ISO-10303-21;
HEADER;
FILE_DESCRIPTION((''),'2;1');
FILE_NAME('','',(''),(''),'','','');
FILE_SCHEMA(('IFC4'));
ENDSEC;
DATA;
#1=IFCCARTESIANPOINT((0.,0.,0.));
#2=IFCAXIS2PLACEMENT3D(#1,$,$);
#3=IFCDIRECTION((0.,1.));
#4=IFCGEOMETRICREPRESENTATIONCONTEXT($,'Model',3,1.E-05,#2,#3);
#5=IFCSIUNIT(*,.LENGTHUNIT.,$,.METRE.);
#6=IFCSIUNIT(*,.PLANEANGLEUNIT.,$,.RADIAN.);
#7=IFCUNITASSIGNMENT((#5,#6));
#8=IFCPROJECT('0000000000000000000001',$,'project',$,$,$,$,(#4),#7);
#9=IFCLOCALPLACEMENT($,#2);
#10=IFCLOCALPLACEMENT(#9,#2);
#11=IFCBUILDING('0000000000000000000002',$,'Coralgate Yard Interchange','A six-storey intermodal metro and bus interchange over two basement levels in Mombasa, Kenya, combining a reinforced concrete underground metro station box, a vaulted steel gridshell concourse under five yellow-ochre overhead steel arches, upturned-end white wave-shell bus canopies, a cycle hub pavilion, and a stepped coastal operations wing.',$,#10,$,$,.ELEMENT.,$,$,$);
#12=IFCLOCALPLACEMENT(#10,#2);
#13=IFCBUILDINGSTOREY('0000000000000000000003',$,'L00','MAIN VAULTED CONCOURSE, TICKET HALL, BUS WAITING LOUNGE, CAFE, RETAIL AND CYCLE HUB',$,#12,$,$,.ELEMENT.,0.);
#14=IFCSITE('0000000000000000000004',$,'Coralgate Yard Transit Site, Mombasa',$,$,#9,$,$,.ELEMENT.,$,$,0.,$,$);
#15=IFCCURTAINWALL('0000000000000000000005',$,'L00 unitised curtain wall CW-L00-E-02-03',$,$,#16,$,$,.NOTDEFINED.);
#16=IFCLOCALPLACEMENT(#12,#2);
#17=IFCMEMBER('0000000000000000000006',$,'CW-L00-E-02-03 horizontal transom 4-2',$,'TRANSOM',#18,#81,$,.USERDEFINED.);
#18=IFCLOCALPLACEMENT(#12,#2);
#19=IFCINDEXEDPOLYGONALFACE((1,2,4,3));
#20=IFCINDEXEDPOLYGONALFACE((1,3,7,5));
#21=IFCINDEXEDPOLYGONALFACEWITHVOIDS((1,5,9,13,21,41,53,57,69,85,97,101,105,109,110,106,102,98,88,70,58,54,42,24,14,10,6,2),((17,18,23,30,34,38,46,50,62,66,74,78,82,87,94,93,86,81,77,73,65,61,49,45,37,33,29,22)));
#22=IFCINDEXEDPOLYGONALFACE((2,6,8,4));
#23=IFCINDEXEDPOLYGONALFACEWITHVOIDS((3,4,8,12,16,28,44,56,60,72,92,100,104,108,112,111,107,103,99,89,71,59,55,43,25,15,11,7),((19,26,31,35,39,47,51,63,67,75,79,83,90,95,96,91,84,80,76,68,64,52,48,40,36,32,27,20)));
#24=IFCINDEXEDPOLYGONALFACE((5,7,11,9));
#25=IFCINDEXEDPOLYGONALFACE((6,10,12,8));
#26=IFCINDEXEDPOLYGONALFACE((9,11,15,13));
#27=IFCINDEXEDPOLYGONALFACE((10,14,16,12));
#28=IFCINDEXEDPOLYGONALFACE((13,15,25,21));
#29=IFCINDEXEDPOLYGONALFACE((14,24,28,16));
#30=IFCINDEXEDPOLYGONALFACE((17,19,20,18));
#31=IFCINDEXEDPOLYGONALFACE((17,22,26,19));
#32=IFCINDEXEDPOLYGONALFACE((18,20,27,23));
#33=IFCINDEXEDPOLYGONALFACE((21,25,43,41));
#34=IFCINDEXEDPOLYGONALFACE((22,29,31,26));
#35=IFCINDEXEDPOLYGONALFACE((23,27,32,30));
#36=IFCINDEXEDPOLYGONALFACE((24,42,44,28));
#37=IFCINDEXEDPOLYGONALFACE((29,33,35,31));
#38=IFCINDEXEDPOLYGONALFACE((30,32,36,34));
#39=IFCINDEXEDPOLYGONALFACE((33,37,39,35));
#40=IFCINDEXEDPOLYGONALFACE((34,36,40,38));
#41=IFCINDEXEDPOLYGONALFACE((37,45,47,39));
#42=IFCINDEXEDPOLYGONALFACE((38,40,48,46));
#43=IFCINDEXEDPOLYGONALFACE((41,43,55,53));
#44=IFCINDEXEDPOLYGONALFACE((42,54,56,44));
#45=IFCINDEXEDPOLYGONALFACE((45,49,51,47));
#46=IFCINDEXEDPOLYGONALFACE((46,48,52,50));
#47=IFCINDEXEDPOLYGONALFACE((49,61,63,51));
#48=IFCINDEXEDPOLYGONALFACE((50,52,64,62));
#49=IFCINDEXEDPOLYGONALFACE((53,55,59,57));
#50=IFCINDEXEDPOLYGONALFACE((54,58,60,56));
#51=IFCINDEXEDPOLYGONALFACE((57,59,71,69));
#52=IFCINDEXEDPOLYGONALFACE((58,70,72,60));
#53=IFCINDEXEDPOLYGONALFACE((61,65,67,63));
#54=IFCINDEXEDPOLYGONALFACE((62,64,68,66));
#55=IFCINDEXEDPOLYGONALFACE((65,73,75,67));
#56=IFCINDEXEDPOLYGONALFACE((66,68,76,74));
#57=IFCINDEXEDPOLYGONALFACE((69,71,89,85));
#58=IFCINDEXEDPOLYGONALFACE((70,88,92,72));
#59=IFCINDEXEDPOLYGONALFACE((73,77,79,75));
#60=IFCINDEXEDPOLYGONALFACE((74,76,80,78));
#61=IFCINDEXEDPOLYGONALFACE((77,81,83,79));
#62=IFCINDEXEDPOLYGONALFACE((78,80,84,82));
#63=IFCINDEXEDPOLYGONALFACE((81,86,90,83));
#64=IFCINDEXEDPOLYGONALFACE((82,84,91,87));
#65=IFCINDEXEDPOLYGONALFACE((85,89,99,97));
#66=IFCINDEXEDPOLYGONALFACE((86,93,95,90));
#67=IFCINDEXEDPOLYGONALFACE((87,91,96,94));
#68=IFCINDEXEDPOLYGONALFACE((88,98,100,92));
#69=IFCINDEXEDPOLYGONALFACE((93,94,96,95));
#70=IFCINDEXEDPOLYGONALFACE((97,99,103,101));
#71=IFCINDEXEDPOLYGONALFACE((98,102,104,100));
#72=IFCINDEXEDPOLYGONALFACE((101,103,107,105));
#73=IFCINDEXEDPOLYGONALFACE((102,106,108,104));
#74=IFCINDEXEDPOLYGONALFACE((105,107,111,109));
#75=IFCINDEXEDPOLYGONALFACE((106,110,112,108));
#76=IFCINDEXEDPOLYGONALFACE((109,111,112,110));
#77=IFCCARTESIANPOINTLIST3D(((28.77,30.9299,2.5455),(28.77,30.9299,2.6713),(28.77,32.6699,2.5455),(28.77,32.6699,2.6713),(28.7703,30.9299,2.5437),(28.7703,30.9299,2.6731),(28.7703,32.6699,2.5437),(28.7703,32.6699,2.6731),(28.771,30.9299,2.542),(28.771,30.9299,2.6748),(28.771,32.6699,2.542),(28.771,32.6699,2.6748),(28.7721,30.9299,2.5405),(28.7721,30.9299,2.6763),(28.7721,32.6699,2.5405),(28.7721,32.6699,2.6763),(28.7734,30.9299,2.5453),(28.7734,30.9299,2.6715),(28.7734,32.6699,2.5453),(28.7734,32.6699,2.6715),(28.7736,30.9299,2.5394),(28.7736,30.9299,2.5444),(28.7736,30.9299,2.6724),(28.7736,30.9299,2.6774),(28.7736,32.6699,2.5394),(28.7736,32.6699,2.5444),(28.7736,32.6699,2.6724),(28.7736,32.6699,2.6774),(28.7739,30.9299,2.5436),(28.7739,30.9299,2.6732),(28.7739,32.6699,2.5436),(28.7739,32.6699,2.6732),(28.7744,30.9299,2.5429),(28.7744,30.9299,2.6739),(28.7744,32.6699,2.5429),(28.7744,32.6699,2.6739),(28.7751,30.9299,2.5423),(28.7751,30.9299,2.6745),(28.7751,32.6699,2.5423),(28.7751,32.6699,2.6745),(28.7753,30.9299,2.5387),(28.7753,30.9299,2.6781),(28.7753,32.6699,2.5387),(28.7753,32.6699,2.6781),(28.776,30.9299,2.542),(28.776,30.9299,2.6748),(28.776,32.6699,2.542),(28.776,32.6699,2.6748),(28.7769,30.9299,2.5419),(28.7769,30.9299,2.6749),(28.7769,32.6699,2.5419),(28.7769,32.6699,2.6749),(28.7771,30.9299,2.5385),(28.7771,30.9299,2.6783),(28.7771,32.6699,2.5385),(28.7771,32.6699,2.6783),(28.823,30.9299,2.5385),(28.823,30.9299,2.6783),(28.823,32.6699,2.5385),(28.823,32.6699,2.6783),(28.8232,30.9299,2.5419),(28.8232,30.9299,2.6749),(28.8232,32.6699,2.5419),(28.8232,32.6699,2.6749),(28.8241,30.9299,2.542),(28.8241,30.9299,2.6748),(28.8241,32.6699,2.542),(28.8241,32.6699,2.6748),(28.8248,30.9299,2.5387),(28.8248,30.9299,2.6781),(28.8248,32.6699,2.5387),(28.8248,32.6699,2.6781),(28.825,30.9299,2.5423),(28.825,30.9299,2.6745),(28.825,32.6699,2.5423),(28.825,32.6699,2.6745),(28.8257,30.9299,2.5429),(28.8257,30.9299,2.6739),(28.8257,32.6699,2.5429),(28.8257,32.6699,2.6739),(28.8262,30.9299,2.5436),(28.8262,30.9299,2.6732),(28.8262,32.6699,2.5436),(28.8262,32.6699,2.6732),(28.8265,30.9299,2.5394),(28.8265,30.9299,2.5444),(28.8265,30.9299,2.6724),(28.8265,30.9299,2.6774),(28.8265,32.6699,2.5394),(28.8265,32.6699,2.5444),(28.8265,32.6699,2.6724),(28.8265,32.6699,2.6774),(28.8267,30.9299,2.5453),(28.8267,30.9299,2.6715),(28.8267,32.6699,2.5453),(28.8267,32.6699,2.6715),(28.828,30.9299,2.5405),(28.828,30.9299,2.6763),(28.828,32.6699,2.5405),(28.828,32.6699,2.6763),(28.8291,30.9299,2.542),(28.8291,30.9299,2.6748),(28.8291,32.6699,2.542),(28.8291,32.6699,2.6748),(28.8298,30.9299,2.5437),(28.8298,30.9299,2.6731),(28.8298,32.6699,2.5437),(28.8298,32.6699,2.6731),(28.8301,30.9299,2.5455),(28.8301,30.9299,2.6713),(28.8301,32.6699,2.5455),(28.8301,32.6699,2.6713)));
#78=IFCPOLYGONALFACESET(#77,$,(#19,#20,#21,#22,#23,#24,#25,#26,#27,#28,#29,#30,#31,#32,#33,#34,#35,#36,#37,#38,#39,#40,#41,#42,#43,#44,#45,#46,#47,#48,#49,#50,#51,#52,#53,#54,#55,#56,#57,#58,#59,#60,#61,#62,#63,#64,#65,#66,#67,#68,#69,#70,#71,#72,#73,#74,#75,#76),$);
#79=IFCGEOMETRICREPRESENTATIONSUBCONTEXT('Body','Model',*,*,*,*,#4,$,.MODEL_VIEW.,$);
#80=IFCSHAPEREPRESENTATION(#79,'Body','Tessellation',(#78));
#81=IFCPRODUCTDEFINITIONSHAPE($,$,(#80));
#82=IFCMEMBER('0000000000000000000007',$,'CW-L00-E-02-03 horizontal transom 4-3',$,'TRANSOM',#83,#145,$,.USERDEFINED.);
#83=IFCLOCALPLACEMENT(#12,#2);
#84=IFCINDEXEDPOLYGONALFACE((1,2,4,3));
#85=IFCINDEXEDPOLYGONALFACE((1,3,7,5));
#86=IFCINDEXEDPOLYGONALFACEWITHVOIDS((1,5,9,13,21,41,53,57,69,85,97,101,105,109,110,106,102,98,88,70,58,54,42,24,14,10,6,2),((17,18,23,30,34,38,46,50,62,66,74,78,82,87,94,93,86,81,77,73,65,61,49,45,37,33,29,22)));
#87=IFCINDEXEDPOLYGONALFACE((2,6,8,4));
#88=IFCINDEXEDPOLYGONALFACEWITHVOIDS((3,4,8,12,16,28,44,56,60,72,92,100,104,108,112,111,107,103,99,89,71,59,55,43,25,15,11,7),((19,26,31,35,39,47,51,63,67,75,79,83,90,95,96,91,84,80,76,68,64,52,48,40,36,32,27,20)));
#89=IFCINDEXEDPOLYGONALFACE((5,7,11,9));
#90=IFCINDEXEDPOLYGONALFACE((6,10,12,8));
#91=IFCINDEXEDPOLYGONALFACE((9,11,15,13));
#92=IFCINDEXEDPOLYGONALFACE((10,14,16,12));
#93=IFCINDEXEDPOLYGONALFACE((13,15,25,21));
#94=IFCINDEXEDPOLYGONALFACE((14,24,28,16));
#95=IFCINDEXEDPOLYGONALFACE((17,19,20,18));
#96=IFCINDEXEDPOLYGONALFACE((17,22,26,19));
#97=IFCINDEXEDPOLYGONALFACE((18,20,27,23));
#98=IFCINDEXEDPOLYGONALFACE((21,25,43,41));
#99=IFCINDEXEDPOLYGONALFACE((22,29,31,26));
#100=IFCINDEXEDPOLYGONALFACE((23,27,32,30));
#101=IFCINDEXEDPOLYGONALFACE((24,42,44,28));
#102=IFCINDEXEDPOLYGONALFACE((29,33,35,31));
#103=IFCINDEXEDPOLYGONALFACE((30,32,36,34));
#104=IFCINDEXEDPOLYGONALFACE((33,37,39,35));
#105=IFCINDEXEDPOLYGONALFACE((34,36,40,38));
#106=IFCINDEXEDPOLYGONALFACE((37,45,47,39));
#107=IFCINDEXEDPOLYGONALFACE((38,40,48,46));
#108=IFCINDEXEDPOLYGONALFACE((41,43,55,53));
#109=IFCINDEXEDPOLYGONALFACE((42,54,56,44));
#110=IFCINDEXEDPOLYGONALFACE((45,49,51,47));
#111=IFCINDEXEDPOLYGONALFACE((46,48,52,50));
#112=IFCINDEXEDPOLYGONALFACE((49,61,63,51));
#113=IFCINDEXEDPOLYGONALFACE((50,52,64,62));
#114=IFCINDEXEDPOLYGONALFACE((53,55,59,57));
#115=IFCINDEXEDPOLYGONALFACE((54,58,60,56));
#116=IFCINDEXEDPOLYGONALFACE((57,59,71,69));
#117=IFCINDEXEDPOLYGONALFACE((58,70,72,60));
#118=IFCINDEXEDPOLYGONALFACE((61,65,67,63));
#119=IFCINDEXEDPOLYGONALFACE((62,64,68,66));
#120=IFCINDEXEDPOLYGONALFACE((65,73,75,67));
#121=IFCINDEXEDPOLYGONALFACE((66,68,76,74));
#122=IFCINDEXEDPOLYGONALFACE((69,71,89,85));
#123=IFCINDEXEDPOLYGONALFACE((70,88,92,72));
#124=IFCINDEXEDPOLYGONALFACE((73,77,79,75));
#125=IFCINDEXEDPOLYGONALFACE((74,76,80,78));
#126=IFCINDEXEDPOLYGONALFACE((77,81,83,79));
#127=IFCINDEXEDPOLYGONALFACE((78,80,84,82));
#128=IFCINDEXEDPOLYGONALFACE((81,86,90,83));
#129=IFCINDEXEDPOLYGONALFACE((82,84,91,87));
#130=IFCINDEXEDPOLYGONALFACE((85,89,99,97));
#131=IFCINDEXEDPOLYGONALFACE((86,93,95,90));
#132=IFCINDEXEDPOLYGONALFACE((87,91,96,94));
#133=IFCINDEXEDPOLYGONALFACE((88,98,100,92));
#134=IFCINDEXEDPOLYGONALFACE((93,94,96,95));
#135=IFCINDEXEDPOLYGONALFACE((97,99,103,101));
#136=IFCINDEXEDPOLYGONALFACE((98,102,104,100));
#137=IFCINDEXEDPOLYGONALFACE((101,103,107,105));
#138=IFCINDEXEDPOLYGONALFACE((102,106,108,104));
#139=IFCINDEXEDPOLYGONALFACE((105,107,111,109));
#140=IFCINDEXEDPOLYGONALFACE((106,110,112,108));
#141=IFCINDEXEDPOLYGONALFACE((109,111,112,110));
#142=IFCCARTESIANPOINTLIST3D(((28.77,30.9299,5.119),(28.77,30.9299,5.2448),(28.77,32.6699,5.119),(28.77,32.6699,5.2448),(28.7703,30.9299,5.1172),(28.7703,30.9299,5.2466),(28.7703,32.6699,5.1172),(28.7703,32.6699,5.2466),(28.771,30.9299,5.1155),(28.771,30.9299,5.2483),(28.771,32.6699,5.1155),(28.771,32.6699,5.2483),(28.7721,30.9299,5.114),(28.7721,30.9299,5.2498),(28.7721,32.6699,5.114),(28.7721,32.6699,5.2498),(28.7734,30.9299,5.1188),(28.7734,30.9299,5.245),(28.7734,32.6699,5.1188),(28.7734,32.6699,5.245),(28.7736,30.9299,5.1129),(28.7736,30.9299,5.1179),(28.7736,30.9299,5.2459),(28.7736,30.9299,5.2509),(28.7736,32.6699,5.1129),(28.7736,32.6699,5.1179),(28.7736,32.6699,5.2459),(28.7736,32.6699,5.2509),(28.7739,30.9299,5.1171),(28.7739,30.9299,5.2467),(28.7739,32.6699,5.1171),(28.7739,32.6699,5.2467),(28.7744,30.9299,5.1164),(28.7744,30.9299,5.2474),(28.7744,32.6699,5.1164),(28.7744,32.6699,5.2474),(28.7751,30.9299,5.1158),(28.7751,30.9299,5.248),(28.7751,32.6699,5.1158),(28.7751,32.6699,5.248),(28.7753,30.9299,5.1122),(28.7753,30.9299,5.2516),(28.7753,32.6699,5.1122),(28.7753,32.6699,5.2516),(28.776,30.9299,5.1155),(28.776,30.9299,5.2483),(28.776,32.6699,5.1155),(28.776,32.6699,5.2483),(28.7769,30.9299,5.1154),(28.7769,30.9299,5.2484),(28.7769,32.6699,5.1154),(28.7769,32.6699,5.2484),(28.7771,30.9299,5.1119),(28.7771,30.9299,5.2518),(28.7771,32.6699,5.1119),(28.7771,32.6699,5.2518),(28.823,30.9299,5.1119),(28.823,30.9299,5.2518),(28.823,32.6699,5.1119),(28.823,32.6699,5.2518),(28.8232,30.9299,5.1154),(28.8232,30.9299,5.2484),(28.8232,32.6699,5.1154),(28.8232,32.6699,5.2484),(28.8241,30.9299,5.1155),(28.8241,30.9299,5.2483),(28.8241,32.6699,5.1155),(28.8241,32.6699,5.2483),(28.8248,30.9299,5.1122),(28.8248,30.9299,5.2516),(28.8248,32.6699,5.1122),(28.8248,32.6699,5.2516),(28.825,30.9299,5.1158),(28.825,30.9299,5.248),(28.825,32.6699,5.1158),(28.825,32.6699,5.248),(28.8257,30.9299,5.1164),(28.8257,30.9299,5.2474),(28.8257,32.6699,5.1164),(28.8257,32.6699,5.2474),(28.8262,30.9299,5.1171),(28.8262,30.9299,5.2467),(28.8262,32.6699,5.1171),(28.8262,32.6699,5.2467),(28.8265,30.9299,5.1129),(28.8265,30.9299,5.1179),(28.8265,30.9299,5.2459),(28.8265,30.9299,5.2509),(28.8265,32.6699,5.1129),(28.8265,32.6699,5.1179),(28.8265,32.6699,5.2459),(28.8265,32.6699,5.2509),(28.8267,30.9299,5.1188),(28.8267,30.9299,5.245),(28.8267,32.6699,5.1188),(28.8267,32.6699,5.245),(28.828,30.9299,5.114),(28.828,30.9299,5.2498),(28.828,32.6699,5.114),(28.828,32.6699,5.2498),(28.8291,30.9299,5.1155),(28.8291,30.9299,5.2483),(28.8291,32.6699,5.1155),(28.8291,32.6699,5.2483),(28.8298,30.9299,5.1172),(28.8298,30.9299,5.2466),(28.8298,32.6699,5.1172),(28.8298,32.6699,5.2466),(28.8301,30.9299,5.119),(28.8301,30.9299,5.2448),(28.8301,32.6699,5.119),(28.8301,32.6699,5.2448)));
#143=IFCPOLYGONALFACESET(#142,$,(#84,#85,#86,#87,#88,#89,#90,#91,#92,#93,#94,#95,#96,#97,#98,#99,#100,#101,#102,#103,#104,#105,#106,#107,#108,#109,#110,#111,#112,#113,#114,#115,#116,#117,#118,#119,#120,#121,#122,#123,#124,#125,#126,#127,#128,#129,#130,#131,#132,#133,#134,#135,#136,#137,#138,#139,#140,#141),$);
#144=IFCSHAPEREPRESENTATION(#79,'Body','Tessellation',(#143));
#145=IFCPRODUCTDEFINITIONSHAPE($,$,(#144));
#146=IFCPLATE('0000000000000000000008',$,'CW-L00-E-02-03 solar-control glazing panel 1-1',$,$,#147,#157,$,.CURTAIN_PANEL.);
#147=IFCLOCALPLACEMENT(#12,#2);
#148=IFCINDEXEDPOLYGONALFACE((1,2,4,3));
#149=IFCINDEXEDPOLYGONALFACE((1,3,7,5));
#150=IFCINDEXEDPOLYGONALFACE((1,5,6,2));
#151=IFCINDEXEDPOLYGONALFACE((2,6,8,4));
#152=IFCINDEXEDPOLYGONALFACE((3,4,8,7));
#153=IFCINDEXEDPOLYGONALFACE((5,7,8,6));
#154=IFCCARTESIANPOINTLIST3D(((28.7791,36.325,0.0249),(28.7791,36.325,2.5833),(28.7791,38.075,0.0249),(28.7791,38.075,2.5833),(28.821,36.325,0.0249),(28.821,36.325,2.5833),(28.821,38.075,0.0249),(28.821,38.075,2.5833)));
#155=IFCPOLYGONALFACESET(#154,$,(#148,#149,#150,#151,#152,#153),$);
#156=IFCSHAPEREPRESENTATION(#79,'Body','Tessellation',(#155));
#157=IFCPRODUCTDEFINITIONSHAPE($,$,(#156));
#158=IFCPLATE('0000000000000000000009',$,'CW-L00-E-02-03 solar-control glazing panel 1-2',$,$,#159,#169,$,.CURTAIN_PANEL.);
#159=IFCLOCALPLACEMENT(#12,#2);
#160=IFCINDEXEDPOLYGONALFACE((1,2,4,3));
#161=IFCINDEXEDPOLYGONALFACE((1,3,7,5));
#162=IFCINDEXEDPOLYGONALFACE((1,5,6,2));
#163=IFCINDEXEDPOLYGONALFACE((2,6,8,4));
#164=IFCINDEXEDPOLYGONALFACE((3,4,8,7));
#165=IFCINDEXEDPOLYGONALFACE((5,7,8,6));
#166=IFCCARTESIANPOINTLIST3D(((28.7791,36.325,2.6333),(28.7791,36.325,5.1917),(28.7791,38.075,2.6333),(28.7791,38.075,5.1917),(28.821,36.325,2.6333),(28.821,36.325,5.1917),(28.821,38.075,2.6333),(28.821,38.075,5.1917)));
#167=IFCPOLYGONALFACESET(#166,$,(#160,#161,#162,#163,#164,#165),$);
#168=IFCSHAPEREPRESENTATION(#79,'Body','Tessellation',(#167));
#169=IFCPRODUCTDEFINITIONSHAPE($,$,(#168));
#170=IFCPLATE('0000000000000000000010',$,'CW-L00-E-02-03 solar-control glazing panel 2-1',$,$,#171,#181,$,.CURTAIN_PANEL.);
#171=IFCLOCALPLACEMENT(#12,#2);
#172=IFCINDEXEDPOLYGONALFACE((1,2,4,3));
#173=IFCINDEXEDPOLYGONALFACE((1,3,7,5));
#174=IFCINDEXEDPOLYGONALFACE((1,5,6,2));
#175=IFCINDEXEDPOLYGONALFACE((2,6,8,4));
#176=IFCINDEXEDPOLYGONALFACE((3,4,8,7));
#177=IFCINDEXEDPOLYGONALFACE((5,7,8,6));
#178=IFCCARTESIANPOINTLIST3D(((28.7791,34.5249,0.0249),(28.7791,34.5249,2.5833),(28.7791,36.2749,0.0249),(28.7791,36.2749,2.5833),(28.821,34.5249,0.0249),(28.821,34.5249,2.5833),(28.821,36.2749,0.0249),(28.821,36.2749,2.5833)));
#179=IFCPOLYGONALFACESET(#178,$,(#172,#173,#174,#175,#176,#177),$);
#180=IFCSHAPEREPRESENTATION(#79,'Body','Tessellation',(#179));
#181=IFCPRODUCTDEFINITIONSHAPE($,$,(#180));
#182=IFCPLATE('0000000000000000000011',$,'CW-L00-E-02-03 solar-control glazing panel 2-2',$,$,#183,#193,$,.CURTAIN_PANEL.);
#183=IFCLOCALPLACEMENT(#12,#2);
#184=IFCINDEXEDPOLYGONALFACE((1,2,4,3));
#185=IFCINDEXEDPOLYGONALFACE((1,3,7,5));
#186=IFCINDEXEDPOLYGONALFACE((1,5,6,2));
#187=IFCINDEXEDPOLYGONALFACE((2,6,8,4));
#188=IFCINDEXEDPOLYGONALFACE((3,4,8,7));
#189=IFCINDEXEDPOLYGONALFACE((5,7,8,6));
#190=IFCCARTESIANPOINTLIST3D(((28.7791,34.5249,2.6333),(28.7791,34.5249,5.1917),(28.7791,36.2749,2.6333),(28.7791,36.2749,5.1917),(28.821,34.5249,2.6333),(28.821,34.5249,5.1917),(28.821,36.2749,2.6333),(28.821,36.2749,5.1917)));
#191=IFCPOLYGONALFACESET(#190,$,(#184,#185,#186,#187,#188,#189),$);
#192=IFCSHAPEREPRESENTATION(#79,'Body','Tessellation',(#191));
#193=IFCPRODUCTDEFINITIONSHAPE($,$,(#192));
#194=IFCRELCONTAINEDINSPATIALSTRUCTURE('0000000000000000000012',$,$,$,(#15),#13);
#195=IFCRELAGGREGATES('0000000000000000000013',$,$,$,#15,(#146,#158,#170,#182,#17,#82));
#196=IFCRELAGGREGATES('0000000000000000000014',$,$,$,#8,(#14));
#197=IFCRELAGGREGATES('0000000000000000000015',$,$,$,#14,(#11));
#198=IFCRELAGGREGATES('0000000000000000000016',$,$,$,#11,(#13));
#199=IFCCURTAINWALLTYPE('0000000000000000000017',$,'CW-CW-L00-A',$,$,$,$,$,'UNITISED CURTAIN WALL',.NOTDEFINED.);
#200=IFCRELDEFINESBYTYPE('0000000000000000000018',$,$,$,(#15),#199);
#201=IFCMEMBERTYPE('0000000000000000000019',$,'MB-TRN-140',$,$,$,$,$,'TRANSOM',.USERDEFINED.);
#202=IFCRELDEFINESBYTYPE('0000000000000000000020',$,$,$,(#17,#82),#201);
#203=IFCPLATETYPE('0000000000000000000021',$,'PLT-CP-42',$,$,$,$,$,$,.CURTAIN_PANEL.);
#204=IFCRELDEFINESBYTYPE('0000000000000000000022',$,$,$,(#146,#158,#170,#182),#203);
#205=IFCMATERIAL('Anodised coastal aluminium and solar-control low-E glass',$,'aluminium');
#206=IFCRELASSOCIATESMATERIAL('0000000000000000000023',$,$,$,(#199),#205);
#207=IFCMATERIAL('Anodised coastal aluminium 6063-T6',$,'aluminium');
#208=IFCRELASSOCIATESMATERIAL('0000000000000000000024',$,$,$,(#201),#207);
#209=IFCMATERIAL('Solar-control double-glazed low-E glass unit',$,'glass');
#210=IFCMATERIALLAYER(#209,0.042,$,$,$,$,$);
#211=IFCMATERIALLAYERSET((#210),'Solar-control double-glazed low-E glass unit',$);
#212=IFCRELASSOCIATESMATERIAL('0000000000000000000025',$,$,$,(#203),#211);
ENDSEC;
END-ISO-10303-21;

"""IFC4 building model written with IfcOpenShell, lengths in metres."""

from ifc_helpers import new_model, si_unit, direction, frame, origin, origin_2d, place, context, subcontext, project, spatial, rectangle, hollow_rectangle, extrude, material, layer, layer_set, material_profile, profile_set, type_object, element, aggregate, save


model = new_model("IFC4")

# Units and contexts
model_context = context("Model", 3, precision=1e-05, world=origin(), true_north=direction((0.0, 1.0)))
body_context = subcontext(model_context, "Body", "Model", "MODEL_VIEW")
ifc_project = project(units=[si_unit("LENGTHUNIT", "METRE"), si_unit("PLANEANGLEUNIT", "RADIAN")], contexts=[model_context])

# Site, building, storey
site_placement = place(None, origin())
site = spatial("IfcSite", under=ifc_project, at=site_placement, Name="Coralgate Yard Transit Site, Mombasa", CompositionType="ELEMENT", RefElevation=0.0)
building_placement = place(site_placement, origin())
building = spatial("IfcBuilding", under=site, at=building_placement, Name="Coralgate Yard Interchange", Description="A six-storey intermodal metro and bus interchange over two basement levels in Mombasa, Kenya, combining a reinforced concrete underground metro station box, a vaulted steel gridshell concourse under five yellow-ochre overhead steel arches, upturned-end white wave-shell bus canopies, a cycle hub pavilion, and a stepped coastal operations wing.", CompositionType="ELEMENT")
storey_placement = place(building_placement, origin())
storey = spatial("IfcBuildingStorey", under=building, at=storey_placement, Name="L00", Description="MAIN VAULTED CONCOURSE, TICKET HALL, BUS WAITING LOUNGE, CAFE, RETAIL AND CYCLE HUB", CompositionType="ELEMENT", Elevation=0.0)

# Curtain wall, members, plates
ifc_material_1 = material(Name="Anodised coastal aluminium and solar-control low-E glass", Category="aluminium")
curtain_wall_type = type_object("IfcCurtainWallType", Name="CW-CW-L00-A", ElementType="UNITISED CURTAIN WALL", PredefinedType="NOTDEFINED", material=ifc_material_1)
curtain_wall_placement = place(storey_placement, origin())
curtain_wall = element("IfcCurtainWall", 1, at=curtain_wall_placement, inside=storey, type_object=curtain_wall_type, Name="L00 unitised curtain wall CW-L00-E-02-03", PredefinedType="NOTDEFINED")
ifc_material_2 = material(Name="Anodised coastal aluminium 6063-T6", Category="aluminium")
ifc_material_profile_1 = material_profile(ifc_material_2, hollow_rectangle(XDim=0.0601, YDim=0.1399, WallThickness=0.0034, InnerFilletRadius=0.0034, OuterFilletRadius=0.0071, at=origin_2d()), Name="ALU 60x140x3.5")
ifc_profile_set_1 = profile_set([ifc_material_profile_1], Name="Anodised coastal aluminium 6063-T6")
member_type_1 = type_object("IfcMemberType", Name="MB-TRN-140", ElementType="TRANSOM", PredefinedType="USERDEFINED", material=ifc_profile_set_1)
member_1_placement = place(storey_placement, frame((28.8, 32.6699, 2.6084), z_axis=(0.0, -1.0, 0.0), x_axis=(1.0, 0.0, 0.0)))
member_1 = element("IfcMember", 2, at=member_1_placement, type_object=member_type_1, Name="CW-L00-E-02-03 horizontal transom 4-2", ObjectType="TRANSOM", PredefinedType="USERDEFINED", context=body_context, shape_type="SweptSolid", body=[
    extrude(hollow_rectangle(XDim=0.0601, YDim=0.1399, WallThickness=0.0034, InnerFilletRadius=0.0034, OuterFilletRadius=0.0071, at=origin_2d()), origin(), (0.0, 0.0, 1.0), 1.74),
])
member_2_placement = place(storey_placement, frame((28.8, 32.6699, 5.1819), z_axis=(0.0, -1.0, 0.0), x_axis=(1.0, 0.0, 0.0)))
member_2 = element("IfcMember", 3, at=member_2_placement, type_object=member_type_1, Name="CW-L00-E-02-03 horizontal transom 4-3", ObjectType="TRANSOM", PredefinedType="USERDEFINED", context=body_context, shape_type="SweptSolid", body=[
    extrude(hollow_rectangle(XDim=0.0601, YDim=0.1399, WallThickness=0.0034, InnerFilletRadius=0.0034, OuterFilletRadius=0.0071, at=origin_2d()), origin(), (0.0, 0.0, 1.0), 1.74),
])
ifc_material_3 = material(Name="Solar-control double-glazed low-E glass unit", Category="glass")
ifc_layer_1 = layer(ifc_material_3, 0.042)
ifc_layer_set_1 = layer_set([ifc_layer_1], Name="Solar-control double-glazed low-E glass unit")
plate_type = type_object("IfcPlateType", Name="PLT-CP-42", PredefinedType="CURTAIN_PANEL", material=ifc_layer_set_1)
plate_1_placement = place(storey_placement, frame((28.8, 37.2, 0.0249), z_axis=(0.0, 0.0, 1.0), x_axis=(0.0, -1.0, 0.0)))
plate_1 = element("IfcPlate", 4, at=plate_1_placement, type_object=plate_type, Name="CW-L00-E-02-03 solar-control glazing panel 1-1", PredefinedType="CURTAIN_PANEL", context=body_context, shape_type="SweptSolid", body=[
    extrude(rectangle(XDim=1.75, YDim=0.042, at=origin_2d()), origin(), (0.0, 0.0, 1.0), 2.5583),
])
plate_2_placement = place(storey_placement, frame((28.8, 37.2, 2.6333), z_axis=(0.0, 0.0, 1.0), x_axis=(0.0, -1.0, 0.0)))
plate_2 = element("IfcPlate", 5, at=plate_2_placement, type_object=plate_type, Name="CW-L00-E-02-03 solar-control glazing panel 1-2", PredefinedType="CURTAIN_PANEL", context=body_context, shape_type="SweptSolid", body=[
    extrude(rectangle(XDim=1.75, YDim=0.042, at=origin_2d()), origin(), (0.0, 0.0, 1.0), 2.5583),
])
plate_3_placement = place(storey_placement, frame((28.8, 35.3999, 0.0249), z_axis=(0.0, 0.0, 1.0), x_axis=(0.0, -1.0, 0.0)))
plate_3 = element("IfcPlate", 6, at=plate_3_placement, type_object=plate_type, Name="CW-L00-E-02-03 solar-control glazing panel 2-1", PredefinedType="CURTAIN_PANEL", context=body_context, shape_type="SweptSolid", body=[
    extrude(rectangle(XDim=1.75, YDim=0.042, at=origin_2d()), origin(), (0.0, 0.0, 1.0), 2.5583),
])
plate_4_placement = place(storey_placement, frame((28.8, 35.3999, 2.6333), z_axis=(0.0, 0.0, 1.0), x_axis=(0.0, -1.0, 0.0)))
plate_4 = element("IfcPlate", 7, at=plate_4_placement, type_object=plate_type, Name="CW-L00-E-02-03 solar-control glazing panel 2-2", PredefinedType="CURTAIN_PANEL", context=body_context, shape_type="SweptSolid", body=[
    extrude(rectangle(XDim=1.75, YDim=0.042, at=origin_2d()), origin(), (0.0, 0.0, 1.0), 2.5583),
])
aggregate(curtain_wall, [plate_1, plate_2, plate_3, plate_4, member_1, member_2])

save(model, "model.ifc")
